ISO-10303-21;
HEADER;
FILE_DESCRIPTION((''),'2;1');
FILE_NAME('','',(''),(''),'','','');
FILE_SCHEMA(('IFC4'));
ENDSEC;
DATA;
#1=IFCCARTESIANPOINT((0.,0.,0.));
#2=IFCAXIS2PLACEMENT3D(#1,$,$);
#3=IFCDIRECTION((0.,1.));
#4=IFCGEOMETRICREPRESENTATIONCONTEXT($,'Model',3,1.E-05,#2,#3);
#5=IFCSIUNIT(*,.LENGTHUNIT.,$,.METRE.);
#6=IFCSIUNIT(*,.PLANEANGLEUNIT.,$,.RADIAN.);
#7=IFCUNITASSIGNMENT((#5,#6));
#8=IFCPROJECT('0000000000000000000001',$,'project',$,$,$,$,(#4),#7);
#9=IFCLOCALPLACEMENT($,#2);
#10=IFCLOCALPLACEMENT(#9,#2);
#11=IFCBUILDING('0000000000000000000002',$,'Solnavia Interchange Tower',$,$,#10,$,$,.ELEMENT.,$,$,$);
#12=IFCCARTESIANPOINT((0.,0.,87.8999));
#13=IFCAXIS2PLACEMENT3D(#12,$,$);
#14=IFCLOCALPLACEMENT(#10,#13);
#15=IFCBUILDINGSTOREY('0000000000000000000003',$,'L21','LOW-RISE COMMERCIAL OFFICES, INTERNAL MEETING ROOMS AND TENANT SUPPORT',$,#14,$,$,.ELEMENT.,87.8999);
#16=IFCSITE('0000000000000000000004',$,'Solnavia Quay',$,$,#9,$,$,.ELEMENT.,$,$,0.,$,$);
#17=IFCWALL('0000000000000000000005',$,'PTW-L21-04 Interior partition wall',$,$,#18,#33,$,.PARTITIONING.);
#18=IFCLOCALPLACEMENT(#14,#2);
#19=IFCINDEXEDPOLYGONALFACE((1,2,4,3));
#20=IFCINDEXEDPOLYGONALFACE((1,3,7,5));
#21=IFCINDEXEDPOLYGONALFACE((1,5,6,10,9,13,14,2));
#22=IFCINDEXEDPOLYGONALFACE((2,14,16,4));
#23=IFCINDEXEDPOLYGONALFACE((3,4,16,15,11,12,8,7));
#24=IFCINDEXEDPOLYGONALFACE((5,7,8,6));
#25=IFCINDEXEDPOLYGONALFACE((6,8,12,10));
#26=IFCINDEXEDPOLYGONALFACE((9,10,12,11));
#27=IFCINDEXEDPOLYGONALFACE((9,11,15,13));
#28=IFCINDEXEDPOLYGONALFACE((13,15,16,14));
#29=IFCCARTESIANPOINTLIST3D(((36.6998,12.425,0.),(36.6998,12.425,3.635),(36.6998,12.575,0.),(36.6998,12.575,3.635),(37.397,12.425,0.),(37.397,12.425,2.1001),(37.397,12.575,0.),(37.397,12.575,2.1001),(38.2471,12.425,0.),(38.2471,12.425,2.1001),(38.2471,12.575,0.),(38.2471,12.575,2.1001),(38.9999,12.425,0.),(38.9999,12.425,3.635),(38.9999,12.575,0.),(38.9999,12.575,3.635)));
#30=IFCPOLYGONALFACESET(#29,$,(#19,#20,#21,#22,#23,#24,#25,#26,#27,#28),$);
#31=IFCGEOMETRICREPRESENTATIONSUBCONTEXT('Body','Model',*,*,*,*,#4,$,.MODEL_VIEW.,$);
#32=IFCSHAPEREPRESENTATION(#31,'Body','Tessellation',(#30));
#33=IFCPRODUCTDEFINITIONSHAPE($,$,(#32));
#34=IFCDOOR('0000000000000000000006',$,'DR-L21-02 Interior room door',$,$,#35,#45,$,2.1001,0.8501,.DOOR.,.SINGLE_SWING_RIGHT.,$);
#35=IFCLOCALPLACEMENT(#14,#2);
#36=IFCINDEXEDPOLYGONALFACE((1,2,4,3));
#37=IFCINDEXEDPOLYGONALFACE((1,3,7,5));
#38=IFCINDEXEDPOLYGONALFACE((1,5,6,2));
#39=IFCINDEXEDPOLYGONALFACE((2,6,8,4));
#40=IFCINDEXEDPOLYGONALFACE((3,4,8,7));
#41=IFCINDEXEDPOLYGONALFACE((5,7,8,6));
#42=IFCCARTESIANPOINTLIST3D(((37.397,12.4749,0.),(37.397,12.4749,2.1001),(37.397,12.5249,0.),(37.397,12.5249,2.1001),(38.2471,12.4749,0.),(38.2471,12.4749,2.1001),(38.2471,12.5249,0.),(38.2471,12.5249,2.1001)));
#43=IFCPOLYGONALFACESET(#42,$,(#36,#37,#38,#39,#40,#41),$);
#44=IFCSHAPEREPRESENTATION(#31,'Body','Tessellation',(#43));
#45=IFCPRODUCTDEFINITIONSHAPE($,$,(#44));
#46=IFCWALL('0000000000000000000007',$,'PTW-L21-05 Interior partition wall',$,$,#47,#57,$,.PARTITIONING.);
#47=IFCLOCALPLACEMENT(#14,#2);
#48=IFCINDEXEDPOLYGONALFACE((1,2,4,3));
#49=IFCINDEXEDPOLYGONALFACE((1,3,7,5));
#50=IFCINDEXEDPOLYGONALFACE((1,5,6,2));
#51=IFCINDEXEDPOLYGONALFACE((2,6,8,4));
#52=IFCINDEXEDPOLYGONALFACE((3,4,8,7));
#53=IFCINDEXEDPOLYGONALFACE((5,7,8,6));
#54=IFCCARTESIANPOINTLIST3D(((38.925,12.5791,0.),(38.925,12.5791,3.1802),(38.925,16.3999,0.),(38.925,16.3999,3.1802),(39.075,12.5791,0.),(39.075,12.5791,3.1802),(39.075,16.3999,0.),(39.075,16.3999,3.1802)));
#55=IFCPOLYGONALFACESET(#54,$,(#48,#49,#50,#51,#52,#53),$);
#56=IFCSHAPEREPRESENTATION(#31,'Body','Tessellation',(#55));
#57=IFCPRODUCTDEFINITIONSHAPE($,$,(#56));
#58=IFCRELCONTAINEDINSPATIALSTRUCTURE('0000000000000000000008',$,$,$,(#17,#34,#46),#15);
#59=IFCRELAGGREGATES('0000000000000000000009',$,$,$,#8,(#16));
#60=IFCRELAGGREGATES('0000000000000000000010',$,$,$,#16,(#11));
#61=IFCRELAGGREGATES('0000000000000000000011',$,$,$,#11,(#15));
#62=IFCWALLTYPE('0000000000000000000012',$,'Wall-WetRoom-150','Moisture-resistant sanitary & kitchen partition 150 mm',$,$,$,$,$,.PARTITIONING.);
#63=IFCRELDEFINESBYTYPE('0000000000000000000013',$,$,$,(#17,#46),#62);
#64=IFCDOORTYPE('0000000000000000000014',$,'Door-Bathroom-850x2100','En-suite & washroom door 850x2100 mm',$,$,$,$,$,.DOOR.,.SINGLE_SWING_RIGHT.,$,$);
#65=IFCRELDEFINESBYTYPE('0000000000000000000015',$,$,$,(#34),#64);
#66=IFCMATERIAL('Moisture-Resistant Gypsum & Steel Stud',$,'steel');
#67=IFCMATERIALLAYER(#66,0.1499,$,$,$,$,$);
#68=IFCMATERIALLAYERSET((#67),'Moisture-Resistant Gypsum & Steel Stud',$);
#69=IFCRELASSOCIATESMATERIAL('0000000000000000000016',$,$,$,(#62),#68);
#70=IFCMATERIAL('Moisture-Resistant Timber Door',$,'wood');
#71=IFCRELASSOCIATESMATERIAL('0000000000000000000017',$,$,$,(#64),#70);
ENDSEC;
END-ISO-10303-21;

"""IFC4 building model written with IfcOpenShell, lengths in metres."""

from ifc_helpers import new_model, si_unit, direction, frame, frame_2d, origin, place, context, subcontext, project, spatial, rectangle, extrude, material, layer, layer_set, type_object, element, fill, save


model = new_model("IFC4")

# Units and contexts
model_context = context("Model", 3, precision=1e-05, world=origin(), true_north=direction((0.0, 1.0)))
body_context = subcontext(model_context, "Body", "Model", "MODEL_VIEW")
ifc_project = project(units=[si_unit("LENGTHUNIT", "METRE"), si_unit("PLANEANGLEUNIT", "RADIAN")], contexts=[model_context])

# Site, building, storey
site_placement = place(None, origin())
site = spatial("IfcSite", under=ifc_project, at=site_placement, Name="Solnavia Quay", CompositionType="ELEMENT", RefElevation=0.0)
building_placement = place(site_placement, origin())
building = spatial("IfcBuilding", under=site, at=building_placement, Name="Solnavia Interchange Tower", CompositionType="ELEMENT")
storey_placement = place(building_placement, frame((0.0, 0.0, 87.8999)))
storey = spatial("IfcBuildingStorey", under=building, at=storey_placement, Name="L21", Description="LOW-RISE COMMERCIAL OFFICES, INTERNAL MEETING ROOMS AND TENANT SUPPORT", CompositionType="ELEMENT", Elevation=87.8999)

# Shared definitions
ifc_material_1 = material(Name="Moisture-Resistant Gypsum & Steel Stud", Category="steel")
ifc_layer_1 = layer(ifc_material_1, 0.1499)
ifc_layer_set_1 = layer_set([ifc_layer_1], Name="Moisture-Resistant Gypsum & Steel Stud")
wall_type_1 = type_object("IfcWallType", Name="Wall-WetRoom-150", Description="Moisture-resistant sanitary & kitchen partition 150 mm", PredefinedType="PARTITIONING", material=ifc_layer_set_1)

# Shared definitions
ifc_material_2 = material(Name="Moisture-Resistant Timber Door", Category="wood")
door_type_1 = type_object("IfcDoorType", Name="Door-Bathroom-850x2100", Description="En-suite & washroom door 850x2100 mm", OperationType="SINGLE_SWING_RIGHT", PredefinedType="DOOR", material=ifc_material_2)

# Wall, opening, door
wall_1_placement = place(storey_placement, frame((36.7, 12.5, 0.0), z_axis=(0.0, 0.0, 1.0), x_axis=(1.0, 0.0, 0.0)))
wall_1 = element("IfcWall", 1, at=wall_1_placement, inside=storey, type_object=wall_type_1, Name="PTW-L21-04 Interior partition wall", PredefinedType="PARTITIONING", context=body_context, shape_type="SweptSolid", body=[
    extrude(rectangle(XDim=2.3, YDim=0.1499, at=frame_2d((1.1499, 0.0))), origin(), (0.0, 0.0, 1.0), 3.635),
])
opening_1_placement = place(wall_1_placement, frame((0.697, 0.0, 0.0)))
opening_1 = element("IfcOpeningElement", 2, at=opening_1_placement, cuts=wall_1, PredefinedType="OPENING", context=body_context, shape_type="SweptSolid", body=[
    extrude(rectangle(XDim=0.8501, YDim=2.1001, at=frame_2d((0.425, 1.05))), frame((0.0, 0.085, 0.0), z_axis=(0.0, -1.0, 0.0), x_axis=(1.0, 0.0, 0.0)), (0.0, 0.0, 1.0), 0.1699),
])
door_1_placement = place(opening_1_placement, origin())
door_1 = element("IfcDoor", 3, at=door_1_placement, inside=storey, type_object=door_type_1, Name="DR-L21-02 Interior room door", OperationType="SINGLE_SWING_RIGHT", OverallHeight=2.1001, OverallWidth=0.8501, PredefinedType="DOOR", context=body_context, shape_type="SweptSolid", body=[
    extrude(rectangle(XDim=0.8501, YDim=2.1001, at=frame_2d((0.425, 1.05))), frame((0.0, 0.0249, 0.0), z_axis=(0.0, -1.0, 0.0), x_axis=(1.0, 0.0, 0.0)), (0.0, 0.0, 1.0), 0.05),
])
fill(opening_1, door_1)

# Wall
wall_2_placement = place(storey_placement, frame((39.0, 12.5791, 0.0), z_axis=(0.0, 0.0, 1.0), x_axis=(0.0, 1.0, 0.0)))
element("IfcWall", 4, at=wall_2_placement, inside=storey, type_object=wall_type_1, Name="PTW-L21-05 Interior partition wall", PredefinedType="PARTITIONING", context=body_context, shape_type="SweptSolid", body=[
    extrude(rectangle(XDim=3.8208, YDim=0.1499, at=frame_2d((1.9104, 0.0))), origin(), (0.0, 0.0, 1.0), 3.1802),
])

save(model, "model.ifc")
